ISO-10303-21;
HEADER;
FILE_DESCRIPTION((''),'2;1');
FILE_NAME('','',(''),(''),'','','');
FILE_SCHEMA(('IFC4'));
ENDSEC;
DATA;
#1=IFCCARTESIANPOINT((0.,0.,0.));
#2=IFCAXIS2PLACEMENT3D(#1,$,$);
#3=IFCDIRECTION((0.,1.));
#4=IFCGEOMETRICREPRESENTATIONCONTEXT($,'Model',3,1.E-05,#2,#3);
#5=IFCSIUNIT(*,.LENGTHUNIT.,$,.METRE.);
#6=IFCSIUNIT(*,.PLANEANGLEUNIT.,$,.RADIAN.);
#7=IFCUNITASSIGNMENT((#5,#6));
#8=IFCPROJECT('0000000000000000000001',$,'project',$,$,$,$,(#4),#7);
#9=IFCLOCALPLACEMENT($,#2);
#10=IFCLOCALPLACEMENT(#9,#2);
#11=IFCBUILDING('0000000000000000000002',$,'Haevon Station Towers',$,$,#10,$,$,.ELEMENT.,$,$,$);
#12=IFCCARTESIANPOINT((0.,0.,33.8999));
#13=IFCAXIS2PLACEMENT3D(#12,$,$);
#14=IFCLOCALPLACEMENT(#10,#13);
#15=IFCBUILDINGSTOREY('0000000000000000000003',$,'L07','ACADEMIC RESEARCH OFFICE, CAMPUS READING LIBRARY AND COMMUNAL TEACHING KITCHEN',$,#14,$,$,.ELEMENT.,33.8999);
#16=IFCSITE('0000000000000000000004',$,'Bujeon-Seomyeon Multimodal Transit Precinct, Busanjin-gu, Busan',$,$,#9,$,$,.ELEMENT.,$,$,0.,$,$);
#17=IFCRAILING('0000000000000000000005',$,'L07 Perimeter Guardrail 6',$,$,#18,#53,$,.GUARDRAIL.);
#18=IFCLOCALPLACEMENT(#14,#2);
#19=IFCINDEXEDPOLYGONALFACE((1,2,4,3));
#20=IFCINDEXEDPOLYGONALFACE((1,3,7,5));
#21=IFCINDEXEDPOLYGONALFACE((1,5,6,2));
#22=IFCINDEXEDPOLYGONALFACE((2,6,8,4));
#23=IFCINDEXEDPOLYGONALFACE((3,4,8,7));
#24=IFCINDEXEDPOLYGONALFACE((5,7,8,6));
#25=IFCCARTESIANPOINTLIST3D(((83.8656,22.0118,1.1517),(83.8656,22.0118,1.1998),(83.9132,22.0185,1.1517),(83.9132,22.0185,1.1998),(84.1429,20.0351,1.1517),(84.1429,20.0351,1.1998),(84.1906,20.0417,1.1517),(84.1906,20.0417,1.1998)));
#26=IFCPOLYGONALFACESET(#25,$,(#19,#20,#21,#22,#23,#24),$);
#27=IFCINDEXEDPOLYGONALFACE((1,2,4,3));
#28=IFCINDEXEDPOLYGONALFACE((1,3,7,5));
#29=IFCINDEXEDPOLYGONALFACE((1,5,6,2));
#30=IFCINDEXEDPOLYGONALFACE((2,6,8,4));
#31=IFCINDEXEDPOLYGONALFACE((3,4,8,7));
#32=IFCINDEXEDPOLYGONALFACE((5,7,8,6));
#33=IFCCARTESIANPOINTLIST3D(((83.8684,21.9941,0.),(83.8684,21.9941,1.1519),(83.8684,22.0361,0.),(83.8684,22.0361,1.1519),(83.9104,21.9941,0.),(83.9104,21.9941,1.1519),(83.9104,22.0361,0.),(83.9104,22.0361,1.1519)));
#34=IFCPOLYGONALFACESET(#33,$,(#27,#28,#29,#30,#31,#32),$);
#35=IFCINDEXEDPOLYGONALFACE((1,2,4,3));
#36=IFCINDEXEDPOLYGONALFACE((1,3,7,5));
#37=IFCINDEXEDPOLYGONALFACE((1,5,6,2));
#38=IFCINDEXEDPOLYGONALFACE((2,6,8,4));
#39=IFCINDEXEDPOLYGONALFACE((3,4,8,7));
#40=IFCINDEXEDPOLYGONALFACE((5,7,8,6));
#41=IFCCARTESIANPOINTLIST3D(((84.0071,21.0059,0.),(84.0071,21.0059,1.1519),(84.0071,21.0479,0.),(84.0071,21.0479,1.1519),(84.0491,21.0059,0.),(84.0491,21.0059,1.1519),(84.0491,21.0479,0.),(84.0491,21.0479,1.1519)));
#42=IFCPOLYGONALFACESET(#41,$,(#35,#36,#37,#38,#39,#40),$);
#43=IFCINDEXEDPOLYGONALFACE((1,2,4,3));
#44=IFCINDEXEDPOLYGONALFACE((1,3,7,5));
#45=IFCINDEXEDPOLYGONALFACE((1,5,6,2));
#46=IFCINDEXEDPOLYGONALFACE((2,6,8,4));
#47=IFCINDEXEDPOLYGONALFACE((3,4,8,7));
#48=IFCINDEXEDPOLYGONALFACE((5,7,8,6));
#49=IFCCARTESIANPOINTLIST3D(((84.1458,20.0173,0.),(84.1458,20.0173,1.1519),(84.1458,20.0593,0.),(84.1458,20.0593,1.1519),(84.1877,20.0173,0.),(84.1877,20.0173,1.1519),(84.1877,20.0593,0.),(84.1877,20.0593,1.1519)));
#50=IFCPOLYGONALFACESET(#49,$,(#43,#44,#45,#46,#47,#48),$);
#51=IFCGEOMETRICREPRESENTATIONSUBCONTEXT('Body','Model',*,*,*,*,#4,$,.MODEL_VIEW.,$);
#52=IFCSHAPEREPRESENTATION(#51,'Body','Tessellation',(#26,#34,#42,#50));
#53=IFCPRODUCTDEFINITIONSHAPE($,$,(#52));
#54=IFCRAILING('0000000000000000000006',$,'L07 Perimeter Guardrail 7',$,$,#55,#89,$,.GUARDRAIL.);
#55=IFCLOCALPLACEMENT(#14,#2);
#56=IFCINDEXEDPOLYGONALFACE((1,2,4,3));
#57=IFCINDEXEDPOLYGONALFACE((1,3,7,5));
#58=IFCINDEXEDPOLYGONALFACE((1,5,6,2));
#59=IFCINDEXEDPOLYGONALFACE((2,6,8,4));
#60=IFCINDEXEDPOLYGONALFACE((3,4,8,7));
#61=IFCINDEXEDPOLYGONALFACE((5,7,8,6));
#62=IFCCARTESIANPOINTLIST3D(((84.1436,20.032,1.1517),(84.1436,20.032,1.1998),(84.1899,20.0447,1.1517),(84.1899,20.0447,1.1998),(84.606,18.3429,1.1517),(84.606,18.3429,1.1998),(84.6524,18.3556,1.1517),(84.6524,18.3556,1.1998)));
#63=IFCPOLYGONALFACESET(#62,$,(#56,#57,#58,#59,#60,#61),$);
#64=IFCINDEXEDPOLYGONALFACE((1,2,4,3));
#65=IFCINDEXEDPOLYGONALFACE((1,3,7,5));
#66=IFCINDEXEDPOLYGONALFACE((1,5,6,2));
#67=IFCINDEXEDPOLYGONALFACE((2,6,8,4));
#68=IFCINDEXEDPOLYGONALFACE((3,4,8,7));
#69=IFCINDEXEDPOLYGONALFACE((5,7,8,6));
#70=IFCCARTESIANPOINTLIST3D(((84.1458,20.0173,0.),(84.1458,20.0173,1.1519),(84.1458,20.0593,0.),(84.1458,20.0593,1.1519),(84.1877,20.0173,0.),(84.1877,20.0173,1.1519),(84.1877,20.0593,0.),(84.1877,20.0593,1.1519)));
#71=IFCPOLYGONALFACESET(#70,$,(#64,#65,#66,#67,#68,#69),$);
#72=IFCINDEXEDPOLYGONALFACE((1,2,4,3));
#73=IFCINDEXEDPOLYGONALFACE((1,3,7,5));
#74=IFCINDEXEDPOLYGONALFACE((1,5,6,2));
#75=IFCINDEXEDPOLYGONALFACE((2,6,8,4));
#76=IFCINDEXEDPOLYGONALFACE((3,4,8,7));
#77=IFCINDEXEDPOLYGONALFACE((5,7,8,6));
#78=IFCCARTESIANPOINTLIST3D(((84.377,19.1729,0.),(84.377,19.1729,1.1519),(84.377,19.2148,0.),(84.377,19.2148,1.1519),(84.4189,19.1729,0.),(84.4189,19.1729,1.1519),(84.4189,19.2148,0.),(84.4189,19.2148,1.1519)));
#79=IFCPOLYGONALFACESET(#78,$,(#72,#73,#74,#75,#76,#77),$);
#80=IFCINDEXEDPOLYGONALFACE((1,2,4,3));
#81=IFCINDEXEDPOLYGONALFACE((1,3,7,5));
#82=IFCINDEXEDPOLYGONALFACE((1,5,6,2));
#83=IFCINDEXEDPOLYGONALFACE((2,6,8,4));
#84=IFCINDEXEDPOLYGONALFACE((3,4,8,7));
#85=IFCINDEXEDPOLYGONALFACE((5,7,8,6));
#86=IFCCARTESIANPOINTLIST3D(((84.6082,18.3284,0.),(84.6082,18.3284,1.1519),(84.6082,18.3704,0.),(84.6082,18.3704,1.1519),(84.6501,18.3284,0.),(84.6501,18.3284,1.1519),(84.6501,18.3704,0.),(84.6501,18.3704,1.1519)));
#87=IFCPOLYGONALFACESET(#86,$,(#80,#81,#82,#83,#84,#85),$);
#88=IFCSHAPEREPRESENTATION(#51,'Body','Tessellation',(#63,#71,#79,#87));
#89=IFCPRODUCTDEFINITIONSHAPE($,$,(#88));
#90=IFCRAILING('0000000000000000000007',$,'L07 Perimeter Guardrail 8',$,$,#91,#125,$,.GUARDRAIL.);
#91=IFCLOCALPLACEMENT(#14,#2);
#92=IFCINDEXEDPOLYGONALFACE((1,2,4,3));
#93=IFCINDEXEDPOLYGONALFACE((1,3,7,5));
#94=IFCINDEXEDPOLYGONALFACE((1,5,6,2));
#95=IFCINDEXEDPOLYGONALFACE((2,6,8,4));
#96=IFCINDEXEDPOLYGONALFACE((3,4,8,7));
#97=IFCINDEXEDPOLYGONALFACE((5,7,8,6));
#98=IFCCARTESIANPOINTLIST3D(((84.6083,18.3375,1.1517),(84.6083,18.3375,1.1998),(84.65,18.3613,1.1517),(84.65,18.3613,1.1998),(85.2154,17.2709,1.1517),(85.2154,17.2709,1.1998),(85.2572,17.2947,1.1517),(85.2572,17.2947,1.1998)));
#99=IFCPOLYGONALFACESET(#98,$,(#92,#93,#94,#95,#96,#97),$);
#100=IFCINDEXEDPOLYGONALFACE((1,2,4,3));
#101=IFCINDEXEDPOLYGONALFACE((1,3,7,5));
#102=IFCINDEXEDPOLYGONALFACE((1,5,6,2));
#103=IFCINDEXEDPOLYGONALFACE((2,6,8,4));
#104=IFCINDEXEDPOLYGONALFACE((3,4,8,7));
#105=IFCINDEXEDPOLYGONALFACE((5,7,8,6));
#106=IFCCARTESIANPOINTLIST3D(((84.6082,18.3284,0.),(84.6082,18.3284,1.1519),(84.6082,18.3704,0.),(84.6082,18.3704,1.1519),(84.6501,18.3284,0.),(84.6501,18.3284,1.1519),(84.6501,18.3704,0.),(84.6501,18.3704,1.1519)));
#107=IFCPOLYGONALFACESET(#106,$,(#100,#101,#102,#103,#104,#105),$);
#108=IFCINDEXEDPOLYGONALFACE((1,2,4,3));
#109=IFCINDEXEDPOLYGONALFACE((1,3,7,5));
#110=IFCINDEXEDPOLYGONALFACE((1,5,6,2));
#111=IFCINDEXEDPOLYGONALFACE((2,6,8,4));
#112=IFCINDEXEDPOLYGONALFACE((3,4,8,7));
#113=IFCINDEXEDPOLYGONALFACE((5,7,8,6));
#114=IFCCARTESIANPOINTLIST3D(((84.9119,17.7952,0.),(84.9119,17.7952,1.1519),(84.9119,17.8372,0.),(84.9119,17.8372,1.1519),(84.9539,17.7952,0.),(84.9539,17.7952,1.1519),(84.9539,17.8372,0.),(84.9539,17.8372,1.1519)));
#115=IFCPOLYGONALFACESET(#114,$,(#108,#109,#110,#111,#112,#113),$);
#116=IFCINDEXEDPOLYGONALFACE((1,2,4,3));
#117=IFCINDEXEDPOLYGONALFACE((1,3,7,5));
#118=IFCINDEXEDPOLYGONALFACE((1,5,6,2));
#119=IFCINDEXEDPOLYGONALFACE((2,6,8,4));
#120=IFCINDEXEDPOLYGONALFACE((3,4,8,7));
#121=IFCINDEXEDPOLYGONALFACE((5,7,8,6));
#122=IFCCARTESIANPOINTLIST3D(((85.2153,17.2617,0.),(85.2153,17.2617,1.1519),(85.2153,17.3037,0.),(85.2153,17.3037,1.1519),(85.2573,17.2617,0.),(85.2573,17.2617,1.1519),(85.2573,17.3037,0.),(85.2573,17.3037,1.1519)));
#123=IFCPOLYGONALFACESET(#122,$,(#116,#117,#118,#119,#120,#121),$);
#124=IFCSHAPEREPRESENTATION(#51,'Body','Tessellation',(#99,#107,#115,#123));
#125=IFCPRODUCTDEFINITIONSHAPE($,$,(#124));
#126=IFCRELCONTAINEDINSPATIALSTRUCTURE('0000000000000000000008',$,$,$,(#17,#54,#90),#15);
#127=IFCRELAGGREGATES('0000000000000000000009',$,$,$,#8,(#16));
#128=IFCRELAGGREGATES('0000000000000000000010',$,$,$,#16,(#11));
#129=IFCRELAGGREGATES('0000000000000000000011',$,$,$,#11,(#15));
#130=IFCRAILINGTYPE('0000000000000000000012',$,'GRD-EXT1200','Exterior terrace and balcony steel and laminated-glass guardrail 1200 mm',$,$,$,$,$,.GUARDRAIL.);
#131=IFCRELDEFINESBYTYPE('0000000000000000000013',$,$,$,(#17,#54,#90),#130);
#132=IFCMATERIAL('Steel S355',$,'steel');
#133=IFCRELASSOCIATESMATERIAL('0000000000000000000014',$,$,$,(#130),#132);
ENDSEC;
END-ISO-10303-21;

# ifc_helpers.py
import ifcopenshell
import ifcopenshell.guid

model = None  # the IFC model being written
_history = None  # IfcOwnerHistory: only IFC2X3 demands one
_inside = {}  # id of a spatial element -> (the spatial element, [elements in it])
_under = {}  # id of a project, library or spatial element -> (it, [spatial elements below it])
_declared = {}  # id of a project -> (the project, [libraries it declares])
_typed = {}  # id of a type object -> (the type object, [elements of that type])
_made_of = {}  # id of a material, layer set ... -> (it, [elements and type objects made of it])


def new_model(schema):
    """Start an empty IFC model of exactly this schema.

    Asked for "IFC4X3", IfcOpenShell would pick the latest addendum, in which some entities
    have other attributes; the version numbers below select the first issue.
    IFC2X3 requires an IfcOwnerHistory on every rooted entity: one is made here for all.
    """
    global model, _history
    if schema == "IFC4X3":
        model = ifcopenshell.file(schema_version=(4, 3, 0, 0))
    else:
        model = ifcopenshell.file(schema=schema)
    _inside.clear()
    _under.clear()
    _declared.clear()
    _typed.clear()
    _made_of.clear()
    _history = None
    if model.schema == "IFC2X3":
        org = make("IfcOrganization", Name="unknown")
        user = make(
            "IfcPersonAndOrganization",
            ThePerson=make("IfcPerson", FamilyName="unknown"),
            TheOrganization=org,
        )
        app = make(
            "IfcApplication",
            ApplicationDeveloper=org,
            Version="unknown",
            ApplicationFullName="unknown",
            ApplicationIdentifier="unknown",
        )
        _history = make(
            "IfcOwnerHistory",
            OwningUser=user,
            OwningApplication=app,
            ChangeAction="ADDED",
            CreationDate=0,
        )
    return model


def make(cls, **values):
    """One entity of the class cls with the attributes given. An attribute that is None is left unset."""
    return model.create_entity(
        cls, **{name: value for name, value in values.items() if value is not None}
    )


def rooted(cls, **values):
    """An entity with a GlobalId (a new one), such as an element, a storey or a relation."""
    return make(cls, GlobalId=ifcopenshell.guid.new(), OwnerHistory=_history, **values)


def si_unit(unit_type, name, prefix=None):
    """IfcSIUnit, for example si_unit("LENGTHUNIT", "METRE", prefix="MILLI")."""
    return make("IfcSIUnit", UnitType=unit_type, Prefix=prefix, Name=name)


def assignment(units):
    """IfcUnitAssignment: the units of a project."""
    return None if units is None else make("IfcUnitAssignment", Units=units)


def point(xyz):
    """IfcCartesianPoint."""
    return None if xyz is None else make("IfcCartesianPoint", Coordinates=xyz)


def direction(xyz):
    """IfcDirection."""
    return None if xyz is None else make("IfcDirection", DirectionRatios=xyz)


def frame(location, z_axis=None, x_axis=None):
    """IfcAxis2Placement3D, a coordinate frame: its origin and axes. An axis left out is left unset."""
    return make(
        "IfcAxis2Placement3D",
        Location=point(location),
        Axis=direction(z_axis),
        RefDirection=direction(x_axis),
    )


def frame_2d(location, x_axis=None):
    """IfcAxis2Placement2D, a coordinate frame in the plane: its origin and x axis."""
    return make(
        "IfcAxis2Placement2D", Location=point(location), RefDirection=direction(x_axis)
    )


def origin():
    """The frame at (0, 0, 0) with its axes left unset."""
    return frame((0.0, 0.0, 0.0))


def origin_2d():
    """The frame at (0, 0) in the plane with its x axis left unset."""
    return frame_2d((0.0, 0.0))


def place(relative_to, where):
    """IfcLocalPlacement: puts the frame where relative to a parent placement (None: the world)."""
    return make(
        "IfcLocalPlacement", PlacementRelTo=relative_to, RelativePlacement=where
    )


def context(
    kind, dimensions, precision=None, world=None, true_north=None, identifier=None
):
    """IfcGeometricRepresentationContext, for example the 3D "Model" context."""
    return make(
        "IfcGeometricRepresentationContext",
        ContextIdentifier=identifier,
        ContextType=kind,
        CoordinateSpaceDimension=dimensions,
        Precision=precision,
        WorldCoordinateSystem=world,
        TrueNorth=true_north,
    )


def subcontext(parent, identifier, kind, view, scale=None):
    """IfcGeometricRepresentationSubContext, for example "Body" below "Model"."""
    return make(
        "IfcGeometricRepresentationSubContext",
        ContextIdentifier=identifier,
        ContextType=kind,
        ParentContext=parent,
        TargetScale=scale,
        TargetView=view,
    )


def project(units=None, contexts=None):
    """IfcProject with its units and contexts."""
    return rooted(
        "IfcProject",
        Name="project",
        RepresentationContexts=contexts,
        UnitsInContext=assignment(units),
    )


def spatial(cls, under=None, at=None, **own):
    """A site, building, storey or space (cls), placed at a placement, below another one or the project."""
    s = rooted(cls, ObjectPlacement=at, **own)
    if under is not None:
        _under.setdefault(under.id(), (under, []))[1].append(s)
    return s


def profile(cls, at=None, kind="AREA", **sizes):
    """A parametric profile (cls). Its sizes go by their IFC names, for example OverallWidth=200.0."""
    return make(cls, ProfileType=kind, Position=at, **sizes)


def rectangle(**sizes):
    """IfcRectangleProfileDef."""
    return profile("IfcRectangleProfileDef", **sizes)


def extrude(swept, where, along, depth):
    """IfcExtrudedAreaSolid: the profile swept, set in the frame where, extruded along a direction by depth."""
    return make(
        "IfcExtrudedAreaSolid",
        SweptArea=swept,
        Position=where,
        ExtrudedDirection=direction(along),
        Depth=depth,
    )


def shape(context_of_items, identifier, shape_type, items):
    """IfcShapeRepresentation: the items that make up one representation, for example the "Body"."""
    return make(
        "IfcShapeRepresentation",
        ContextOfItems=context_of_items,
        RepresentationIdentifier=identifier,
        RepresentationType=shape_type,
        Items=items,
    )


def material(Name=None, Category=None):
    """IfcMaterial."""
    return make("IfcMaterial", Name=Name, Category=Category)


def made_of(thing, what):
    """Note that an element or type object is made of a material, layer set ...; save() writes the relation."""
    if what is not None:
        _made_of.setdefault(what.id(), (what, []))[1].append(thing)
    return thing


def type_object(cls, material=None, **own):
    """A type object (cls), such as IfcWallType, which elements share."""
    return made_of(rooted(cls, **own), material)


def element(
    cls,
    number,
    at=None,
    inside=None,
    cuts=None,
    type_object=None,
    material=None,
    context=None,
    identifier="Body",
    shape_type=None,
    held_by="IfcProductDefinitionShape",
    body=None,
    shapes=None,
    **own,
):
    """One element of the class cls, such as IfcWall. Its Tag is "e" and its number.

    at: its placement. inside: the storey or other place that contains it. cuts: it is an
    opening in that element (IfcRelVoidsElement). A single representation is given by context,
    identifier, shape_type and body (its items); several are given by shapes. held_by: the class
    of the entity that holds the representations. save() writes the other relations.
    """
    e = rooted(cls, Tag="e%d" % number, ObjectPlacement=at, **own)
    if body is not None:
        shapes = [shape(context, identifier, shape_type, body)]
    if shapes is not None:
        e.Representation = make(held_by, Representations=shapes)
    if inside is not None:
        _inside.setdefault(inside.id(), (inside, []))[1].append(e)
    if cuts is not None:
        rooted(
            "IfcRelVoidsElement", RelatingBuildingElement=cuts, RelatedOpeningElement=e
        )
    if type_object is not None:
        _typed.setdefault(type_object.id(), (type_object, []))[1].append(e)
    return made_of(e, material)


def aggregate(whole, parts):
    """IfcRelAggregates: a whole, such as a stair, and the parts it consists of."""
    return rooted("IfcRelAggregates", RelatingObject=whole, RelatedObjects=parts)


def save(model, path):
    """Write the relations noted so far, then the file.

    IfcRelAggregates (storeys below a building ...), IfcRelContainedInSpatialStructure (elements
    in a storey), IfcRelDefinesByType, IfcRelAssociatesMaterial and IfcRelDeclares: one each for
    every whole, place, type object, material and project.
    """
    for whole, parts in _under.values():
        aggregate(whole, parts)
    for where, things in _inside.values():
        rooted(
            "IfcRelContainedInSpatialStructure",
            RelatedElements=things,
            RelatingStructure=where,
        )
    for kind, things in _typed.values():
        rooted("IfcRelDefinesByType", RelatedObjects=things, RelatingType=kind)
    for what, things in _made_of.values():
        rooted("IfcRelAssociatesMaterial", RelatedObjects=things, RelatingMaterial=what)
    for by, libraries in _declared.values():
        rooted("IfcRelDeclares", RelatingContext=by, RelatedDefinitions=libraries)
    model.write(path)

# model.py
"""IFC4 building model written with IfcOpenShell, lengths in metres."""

from ifc_helpers import new_model, si_unit, direction, frame, origin, origin_2d, place, context, subcontext, project, spatial, rectangle, extrude, material, type_object, element, save


model = new_model("IFC4")

# Units and contexts
model_context = context("Model", 3, precision=1e-05, world=origin(), true_north=direction((0.0, 1.0)))
body_context = subcontext(model_context, "Body", "Model", "MODEL_VIEW")
ifc_project = project(units=[si_unit("LENGTHUNIT", "METRE"), si_unit("PLANEANGLEUNIT", "RADIAN")], contexts=[model_context])

# Site, building, storey
site_placement = place(None, origin())
site = spatial("IfcSite", under=ifc_project, at=site_placement, Name="Bujeon-Seomyeon Multimodal Transit Precinct, Busanjin-gu, Busan", CompositionType="ELEMENT", RefElevation=0.0)
building_placement = place(site_placement, origin())
building = spatial("IfcBuilding", under=site, at=building_placement, Name="Haevon Station Towers", CompositionType="ELEMENT")
storey_placement = place(building_placement, frame((0.0, 0.0, 33.8999)))
storey = spatial("IfcBuildingStorey", under=building, at=storey_placement, Name="L07", Description="ACADEMIC RESEARCH OFFICE, CAMPUS READING LIBRARY AND COMMUNAL TEACHING KITCHEN", CompositionType="ELEMENT", Elevation=33.8999)

# Shared definitions
ifc_material_1 = material(Name="Steel S355", Category="steel")

# Railings
railing_type = type_object("IfcRailingType", Name="GRD-EXT1200", Description="Exterior terrace and balcony steel and laminated-glass guardrail 1200 mm", PredefinedType="GUARDRAIL", material=ifc_material_1)
railing_1_placement = place(storey_placement, frame((83.8894, 22.0151, 0.0)))
element("IfcRailing", 1, at=railing_1_placement, inside=storey, type_object=railing_type, Name="L07 Perimeter Guardrail 6", PredefinedType="GUARDRAIL", context=body_context, shape_type="SweptSolid", body=[
    extrude(rectangle(XDim=0.0481, YDim=0.0481, at=origin_2d()), frame((0.0, 0.0, 1.1758), z_axis=(0.138938, -0.990301, 0.0), x_axis=(0.990301, 0.138938, 0.0)), (0.0, 0.0, 1.0), 1.9961),
    extrude(rectangle(XDim=0.042, YDim=0.042, at=origin_2d()), origin(), (0.0, 0.0, 1.0), 1.1519),
    extrude(rectangle(XDim=0.042, YDim=0.042, at=origin_2d()), frame((0.1387, -0.9883, 0.0)), (0.0, 0.0, 1.0), 1.1519),
    extrude(rectangle(XDim=0.042, YDim=0.042, at=origin_2d()), frame((0.2773, -1.9768, 0.0)), (0.0, 0.0, 1.0), 1.1519),
])
railing_2_placement = place(storey_placement, frame((84.1667, 20.0383, 0.0)))
element("IfcRailing", 2, at=railing_2_placement, inside=storey, type_object=railing_type, Name="L07 Perimeter Guardrail 7", PredefinedType="GUARDRAIL", context=body_context, shape_type="SweptSolid", body=[
    extrude(rectangle(XDim=0.0481, YDim=0.0481, at=origin_2d()), frame((0.0, 0.0, 1.1758), z_axis=(0.264061, -0.964506, 0.0), x_axis=(0.964506, 0.264061, 0.0)), (0.0, 0.0, 1.0), 1.7512),
    extrude(rectangle(XDim=0.042, YDim=0.042, at=origin_2d()), origin(), (0.0, 0.0, 1.0), 1.1519),
    extrude(rectangle(XDim=0.042, YDim=0.042, at=origin_2d()), frame((0.2312, -0.8445, 0.0)), (0.0, 0.0, 1.0), 1.1519),
    extrude(rectangle(XDim=0.042, YDim=0.042, at=origin_2d()), frame((0.4624, -1.689, 0.0)), (0.0, 0.0, 1.0), 1.1519),
])
railing_3_placement = place(storey_placement, frame((84.6292, 18.3494, 0.0)))
element("IfcRailing", 3, at=railing_3_placement, inside=storey, type_object=railing_type, Name="L07 Perimeter Guardrail 8", PredefinedType="GUARDRAIL", context=body_context, shape_type="SweptSolid", body=[
    extrude(rectangle(XDim=0.0481, YDim=0.0481, at=origin_2d()), frame((0.0, 0.0, 1.1758), z_axis=(0.494703, -0.869062, 0.0), x_axis=(0.869062, 0.494703, 0.0)), (0.0, 0.0, 1.0), 1.2273),
    extrude(rectangle(XDim=0.042, YDim=0.042, at=origin_2d()), origin(), (0.0, 0.0, 1.0), 1.1519),
    extrude(rectangle(XDim=0.042, YDim=0.042, at=origin_2d()), frame((0.3037, -0.5332, 0.0)), (0.0, 0.0, 1.0), 1.1519),
    extrude(rectangle(XDim=0.042, YDim=0.042, at=origin_2d()), frame((0.6072, -1.0667, 0.0)), (0.0, 0.0, 1.0), 1.1519),
])

save(model, "model.ifc")
